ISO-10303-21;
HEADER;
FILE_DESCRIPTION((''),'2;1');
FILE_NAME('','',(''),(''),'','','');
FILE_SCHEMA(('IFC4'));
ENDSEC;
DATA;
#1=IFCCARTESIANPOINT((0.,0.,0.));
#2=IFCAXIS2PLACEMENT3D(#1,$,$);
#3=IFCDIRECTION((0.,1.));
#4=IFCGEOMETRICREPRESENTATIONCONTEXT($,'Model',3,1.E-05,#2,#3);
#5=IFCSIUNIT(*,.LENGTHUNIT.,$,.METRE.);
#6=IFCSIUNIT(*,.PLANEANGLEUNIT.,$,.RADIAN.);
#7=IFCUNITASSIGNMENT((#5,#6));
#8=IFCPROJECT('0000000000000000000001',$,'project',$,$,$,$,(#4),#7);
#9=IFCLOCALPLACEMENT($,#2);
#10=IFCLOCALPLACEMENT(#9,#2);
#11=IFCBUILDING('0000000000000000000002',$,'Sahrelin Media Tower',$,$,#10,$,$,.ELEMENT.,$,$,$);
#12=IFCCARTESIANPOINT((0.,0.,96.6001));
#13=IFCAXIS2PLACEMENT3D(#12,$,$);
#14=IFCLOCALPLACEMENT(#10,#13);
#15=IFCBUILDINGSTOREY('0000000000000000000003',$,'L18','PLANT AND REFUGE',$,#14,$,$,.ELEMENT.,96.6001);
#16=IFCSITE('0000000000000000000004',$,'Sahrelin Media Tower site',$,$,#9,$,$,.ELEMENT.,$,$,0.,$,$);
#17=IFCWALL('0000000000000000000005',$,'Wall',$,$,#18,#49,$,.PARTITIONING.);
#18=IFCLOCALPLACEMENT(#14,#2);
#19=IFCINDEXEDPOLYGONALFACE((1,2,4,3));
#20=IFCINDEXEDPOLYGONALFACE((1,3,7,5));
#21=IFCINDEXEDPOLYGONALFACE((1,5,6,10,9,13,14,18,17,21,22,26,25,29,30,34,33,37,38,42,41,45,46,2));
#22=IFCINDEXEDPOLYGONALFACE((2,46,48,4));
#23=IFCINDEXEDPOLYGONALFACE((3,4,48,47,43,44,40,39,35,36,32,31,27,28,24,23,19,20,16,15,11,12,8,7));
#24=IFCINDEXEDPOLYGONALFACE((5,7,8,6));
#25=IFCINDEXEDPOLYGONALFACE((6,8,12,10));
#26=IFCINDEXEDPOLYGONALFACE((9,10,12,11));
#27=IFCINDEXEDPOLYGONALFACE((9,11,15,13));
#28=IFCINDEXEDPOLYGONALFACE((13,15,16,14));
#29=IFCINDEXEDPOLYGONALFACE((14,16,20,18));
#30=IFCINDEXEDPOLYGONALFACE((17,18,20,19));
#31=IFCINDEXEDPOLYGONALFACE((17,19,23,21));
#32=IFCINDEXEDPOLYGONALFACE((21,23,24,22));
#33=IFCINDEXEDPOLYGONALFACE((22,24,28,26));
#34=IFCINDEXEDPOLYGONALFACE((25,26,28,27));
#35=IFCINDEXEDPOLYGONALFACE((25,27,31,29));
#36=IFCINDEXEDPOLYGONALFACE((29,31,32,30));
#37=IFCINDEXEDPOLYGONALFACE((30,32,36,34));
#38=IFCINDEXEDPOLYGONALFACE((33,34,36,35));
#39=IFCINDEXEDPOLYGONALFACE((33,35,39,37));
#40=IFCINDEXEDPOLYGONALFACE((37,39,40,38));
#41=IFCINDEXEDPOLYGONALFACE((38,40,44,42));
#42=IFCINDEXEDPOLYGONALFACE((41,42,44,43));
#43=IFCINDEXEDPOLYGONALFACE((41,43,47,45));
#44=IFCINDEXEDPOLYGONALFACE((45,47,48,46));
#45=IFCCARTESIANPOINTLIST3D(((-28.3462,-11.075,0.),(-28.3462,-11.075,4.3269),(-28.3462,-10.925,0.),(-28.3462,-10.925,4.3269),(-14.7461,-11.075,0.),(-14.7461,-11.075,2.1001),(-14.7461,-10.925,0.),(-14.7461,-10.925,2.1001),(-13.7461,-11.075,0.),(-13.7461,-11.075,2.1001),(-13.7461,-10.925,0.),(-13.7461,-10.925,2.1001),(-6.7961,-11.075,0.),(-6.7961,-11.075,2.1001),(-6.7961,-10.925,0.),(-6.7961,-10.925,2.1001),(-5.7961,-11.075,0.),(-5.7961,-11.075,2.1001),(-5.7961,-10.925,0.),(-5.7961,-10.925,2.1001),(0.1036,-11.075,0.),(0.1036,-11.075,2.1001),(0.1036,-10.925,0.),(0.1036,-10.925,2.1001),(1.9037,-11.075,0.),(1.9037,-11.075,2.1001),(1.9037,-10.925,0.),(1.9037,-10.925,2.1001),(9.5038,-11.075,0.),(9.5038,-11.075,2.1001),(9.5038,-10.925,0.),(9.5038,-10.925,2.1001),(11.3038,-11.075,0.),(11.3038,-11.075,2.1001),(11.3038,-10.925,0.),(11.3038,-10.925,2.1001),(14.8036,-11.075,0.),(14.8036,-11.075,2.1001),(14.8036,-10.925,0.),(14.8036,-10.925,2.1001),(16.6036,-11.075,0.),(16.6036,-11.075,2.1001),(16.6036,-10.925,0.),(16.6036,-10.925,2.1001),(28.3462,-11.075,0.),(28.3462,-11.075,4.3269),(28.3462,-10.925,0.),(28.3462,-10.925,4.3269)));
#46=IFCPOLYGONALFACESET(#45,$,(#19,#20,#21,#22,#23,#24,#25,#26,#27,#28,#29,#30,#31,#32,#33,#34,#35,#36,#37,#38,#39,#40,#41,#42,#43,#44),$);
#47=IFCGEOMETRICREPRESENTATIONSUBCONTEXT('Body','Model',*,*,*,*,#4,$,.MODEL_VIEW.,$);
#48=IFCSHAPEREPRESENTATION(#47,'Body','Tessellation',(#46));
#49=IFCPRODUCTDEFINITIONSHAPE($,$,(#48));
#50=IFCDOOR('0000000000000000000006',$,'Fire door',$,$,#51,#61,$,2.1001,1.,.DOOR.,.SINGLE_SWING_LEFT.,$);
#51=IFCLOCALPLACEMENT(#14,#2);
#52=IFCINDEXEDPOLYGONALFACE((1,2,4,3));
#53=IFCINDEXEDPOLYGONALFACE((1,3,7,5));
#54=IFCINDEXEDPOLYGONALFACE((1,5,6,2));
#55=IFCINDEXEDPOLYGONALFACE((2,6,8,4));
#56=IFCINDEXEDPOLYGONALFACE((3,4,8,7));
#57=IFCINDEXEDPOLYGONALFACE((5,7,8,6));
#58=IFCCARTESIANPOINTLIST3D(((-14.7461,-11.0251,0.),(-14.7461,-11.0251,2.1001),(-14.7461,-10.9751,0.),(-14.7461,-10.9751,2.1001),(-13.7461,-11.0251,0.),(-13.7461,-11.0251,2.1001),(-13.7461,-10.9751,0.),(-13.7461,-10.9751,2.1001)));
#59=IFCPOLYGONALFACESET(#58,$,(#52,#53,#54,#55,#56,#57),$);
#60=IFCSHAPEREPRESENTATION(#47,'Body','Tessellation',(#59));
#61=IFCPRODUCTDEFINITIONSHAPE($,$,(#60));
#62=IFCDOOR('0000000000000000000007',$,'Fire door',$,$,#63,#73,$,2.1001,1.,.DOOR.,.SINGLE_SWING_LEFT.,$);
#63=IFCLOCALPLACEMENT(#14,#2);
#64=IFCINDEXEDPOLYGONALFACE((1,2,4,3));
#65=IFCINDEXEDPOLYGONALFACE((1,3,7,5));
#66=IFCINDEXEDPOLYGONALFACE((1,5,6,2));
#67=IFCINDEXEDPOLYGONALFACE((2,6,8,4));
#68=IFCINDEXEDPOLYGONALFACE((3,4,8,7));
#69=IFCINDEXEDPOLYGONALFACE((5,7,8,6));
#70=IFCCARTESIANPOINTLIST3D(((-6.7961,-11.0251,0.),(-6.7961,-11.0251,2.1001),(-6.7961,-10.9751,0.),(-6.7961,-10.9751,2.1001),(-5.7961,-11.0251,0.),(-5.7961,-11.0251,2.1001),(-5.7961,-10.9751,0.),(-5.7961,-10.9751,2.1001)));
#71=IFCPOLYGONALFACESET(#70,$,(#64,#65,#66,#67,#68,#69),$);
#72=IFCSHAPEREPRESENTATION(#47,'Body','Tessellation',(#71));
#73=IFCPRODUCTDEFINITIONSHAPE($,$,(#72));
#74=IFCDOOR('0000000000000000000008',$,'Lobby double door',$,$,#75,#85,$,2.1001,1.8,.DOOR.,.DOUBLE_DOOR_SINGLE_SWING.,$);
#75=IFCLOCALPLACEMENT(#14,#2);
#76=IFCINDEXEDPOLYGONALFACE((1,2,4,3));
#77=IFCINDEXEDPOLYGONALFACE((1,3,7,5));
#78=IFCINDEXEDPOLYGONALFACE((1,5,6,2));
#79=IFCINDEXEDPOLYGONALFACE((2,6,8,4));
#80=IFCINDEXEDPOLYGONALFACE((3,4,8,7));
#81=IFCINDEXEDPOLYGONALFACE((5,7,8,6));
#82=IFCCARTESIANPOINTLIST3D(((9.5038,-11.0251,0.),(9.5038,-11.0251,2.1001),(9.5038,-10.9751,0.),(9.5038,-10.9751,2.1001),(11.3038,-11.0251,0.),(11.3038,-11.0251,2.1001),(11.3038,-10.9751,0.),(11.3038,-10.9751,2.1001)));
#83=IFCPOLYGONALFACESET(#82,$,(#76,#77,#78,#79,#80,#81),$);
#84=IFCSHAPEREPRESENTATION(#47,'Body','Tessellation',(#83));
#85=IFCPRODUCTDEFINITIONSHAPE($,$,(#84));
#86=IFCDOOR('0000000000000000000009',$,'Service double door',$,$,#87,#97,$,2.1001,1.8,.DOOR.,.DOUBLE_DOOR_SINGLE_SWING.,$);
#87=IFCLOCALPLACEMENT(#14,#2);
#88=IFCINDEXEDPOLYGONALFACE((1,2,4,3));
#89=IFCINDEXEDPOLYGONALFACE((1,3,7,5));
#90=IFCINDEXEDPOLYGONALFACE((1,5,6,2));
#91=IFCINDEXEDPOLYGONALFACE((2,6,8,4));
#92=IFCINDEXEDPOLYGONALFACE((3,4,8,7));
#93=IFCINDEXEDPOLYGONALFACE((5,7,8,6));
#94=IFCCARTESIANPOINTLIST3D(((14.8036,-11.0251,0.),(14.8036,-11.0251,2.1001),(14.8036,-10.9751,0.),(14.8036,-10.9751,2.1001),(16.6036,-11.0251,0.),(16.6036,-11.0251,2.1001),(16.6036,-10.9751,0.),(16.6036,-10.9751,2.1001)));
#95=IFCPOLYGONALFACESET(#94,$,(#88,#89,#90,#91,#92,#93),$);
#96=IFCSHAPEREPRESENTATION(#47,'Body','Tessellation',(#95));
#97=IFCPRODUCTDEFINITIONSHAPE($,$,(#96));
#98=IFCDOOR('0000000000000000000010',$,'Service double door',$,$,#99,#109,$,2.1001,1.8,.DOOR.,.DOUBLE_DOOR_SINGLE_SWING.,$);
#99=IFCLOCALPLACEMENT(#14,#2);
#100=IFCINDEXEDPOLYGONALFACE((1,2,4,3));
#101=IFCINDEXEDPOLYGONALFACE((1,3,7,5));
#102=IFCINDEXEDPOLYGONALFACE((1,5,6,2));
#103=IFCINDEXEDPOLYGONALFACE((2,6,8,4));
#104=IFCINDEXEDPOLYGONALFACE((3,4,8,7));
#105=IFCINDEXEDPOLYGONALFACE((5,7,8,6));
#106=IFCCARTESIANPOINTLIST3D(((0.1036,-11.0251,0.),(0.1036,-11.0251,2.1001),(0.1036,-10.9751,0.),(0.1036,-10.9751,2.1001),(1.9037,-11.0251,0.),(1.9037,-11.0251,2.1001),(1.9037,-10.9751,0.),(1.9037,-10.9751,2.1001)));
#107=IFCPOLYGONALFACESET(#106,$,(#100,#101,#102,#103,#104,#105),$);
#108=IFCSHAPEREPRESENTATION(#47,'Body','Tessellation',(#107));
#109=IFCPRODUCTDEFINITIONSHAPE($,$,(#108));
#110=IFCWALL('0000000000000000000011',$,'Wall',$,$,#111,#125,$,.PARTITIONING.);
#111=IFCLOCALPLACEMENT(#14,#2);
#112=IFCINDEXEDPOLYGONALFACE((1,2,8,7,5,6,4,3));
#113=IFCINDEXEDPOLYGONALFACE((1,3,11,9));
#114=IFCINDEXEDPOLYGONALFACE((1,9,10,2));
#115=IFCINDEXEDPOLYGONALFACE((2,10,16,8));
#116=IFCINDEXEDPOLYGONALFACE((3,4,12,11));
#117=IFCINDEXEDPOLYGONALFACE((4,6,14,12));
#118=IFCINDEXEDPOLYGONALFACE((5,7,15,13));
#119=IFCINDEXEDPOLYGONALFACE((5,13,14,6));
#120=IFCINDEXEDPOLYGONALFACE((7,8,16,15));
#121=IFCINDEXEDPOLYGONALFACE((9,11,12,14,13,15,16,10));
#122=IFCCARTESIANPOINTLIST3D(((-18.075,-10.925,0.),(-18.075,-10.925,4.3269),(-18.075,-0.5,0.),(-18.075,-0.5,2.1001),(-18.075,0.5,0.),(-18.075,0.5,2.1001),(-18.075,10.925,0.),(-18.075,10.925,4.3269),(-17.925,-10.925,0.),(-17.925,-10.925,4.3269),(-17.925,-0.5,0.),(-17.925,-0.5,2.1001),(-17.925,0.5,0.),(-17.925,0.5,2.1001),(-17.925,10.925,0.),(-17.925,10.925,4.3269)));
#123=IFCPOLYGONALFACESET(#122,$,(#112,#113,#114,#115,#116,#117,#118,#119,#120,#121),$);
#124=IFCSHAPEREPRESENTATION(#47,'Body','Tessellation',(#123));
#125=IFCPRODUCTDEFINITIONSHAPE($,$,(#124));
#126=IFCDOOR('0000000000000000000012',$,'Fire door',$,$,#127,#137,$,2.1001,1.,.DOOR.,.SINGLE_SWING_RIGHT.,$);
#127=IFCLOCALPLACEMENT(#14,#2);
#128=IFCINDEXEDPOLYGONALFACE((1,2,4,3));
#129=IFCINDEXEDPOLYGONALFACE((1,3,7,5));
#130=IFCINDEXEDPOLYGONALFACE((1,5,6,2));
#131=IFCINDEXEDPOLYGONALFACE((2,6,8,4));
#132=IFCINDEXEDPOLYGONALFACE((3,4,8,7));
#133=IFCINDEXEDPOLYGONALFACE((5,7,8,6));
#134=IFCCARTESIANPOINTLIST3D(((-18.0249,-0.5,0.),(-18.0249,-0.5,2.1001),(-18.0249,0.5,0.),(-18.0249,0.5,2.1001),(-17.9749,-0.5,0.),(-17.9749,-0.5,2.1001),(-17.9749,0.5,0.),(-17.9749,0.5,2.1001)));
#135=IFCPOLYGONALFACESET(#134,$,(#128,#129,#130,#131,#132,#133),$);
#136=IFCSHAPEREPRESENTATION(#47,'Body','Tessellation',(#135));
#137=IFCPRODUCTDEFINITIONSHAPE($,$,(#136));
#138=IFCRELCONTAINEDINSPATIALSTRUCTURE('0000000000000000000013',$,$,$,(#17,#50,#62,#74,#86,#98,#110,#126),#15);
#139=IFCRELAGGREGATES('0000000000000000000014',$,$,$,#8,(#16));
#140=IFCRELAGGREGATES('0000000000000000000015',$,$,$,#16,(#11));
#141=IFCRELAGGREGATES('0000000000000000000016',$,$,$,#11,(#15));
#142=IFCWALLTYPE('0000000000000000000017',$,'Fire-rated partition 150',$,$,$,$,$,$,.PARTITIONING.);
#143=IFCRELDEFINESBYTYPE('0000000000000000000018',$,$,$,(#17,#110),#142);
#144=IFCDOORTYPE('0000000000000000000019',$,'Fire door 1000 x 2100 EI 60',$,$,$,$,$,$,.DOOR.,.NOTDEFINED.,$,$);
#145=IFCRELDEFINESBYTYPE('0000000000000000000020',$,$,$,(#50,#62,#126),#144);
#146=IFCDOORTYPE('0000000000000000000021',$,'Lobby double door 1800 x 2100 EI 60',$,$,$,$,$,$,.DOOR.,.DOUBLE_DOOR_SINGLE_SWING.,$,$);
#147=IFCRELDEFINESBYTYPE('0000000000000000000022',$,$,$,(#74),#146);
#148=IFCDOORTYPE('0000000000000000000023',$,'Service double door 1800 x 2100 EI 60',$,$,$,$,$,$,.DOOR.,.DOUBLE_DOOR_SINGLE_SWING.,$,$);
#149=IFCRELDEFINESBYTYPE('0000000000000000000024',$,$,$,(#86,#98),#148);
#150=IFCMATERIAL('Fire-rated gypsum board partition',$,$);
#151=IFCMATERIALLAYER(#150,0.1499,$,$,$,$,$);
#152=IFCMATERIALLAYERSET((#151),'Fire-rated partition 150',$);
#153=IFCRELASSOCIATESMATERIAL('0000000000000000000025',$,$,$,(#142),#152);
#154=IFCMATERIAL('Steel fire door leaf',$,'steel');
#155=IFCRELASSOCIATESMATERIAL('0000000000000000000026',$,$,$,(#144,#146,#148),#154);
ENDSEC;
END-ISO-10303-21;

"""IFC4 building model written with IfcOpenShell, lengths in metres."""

from ifc_helpers import new_model, si_unit, direction, frame, frame_2d, origin, place, context, subcontext, project, spatial, rectangle, extrude, material, layer, layer_set, type_object, element, fill, save


model = new_model("IFC4")

# Units and contexts
model_context = context("Model", 3, precision=1e-05, world=origin(), true_north=direction((0.0, 1.0)))
body_context = subcontext(model_context, "Body", "Model", "MODEL_VIEW")
ifc_project = project(units=[si_unit("LENGTHUNIT", "METRE"), si_unit("PLANEANGLEUNIT", "RADIAN")], contexts=[model_context])

# Site, building, storey
site_placement = place(None, origin())
site = spatial("IfcSite", under=ifc_project, at=site_placement, Name="Sahrelin Media Tower site", CompositionType="ELEMENT", RefElevation=0.0)
building_placement = place(site_placement, origin())
building = spatial("IfcBuilding", under=site, at=building_placement, Name="Sahrelin Media Tower", CompositionType="ELEMENT")
storey_placement = place(building_placement, frame((0.0, 0.0, 96.6001)))
storey = spatial("IfcBuildingStorey", under=building, at=storey_placement, Name="L18", Description="PLANT AND REFUGE", CompositionType="ELEMENT", Elevation=96.6001)

# Wall, openings, doors
ifc_material_1 = material(Name="Fire-rated gypsum board partition")
ifc_layer = layer(ifc_material_1, 0.1499)
ifc_layer_set = layer_set([ifc_layer], Name="Fire-rated partition 150")
wall_type = type_object("IfcWallType", Name="Fire-rated partition 150", PredefinedType="PARTITIONING", material=ifc_layer_set)
wall_1_placement = place(storey_placement, frame((-28.3462, -11.0, 0.0), z_axis=(0.0, 0.0, 1.0), x_axis=(1.0, 0.0, 0.0)))
wall_1 = element("IfcWall", 1, at=wall_1_placement, inside=storey, type_object=wall_type, Name="Wall", PredefinedType="PARTITIONING", context=body_context, shape_type="SweptSolid", body=[
    extrude(rectangle(XDim=56.6924, YDim=0.1499, at=frame_2d((28.3462, 0.0))), origin(), (0.0, 0.0, 1.0), 4.3269),
])
opening_1_placement = place(wall_1_placement, frame((13.6001, 0.0, 0.0)))
opening_1 = element("IfcOpeningElement", 2, at=opening_1_placement, cuts=wall_1, PredefinedType="OPENING", context=body_context, shape_type="SweptSolid", body=[
    extrude(rectangle(XDim=1.0, YDim=2.1001, at=frame_2d((0.5, 1.05))), frame((0.0, 0.075, 0.0), z_axis=(0.0, -1.0, 0.0), x_axis=(1.0, 0.0, 0.0)), (0.0, 0.0, 1.0), 0.1499),
])
opening_2_placement = place(wall_1_placement, frame((21.55, 0.0, 0.0)))
opening_2 = element("IfcOpeningElement", 3, at=opening_2_placement, cuts=wall_1, PredefinedType="OPENING", context=body_context, shape_type="SweptSolid", body=[
    extrude(rectangle(XDim=1.0, YDim=2.1001, at=frame_2d((0.5, 1.05))), frame((0.0, 0.075, 0.0), z_axis=(0.0, -1.0, 0.0), x_axis=(1.0, 0.0, 0.0)), (0.0, 0.0, 1.0), 0.1499),
])
opening_3_placement = place(wall_1_placement, frame((37.8501, 0.0, 0.0)))
opening_3 = element("IfcOpeningElement", 4, at=opening_3_placement, cuts=wall_1, PredefinedType="OPENING", context=body_context, shape_type="SweptSolid", body=[
    extrude(rectangle(XDim=1.8, YDim=2.1001, at=frame_2d((0.8999, 1.05))), frame((0.0, 0.075, 0.0), z_axis=(0.0, -1.0, 0.0), x_axis=(1.0, 0.0, 0.0)), (0.0, 0.0, 1.0), 0.1499),
])
opening_4_placement = place(wall_1_placement, frame((43.1499, 0.0, 0.0)))
opening_4 = element("IfcOpeningElement", 5, at=opening_4_placement, cuts=wall_1, PredefinedType="OPENING", context=body_context, shape_type="SweptSolid", body=[
    extrude(rectangle(XDim=1.8, YDim=2.1001, at=frame_2d((0.8999, 1.05))), frame((0.0, 0.075, 0.0), z_axis=(0.0, -1.0, 0.0), x_axis=(1.0, 0.0, 0.0)), (0.0, 0.0, 1.0), 0.1499),
])
opening_5_placement = place(wall_1_placement, frame((28.45, 0.0, 0.0)))
opening_5 = element("IfcOpeningElement", 6, at=opening_5_placement, cuts=wall_1, PredefinedType="OPENING", context=body_context, shape_type="SweptSolid", body=[
    extrude(rectangle(XDim=1.8, YDim=2.1001, at=frame_2d((0.8999, 1.05))), frame((0.0, 0.075, 0.0), z_axis=(0.0, -1.0, 0.0), x_axis=(1.0, 0.0, 0.0)), (0.0, 0.0, 1.0), 0.1499),
])
ifc_material_2 = material(Name="Steel fire door leaf", Category="steel")
door_type_1 = type_object("IfcDoorType", Name="Fire door 1000 x 2100 EI 60", OperationType="NOTDEFINED", PredefinedType="DOOR", material=ifc_material_2)
door_1_placement = place(opening_1_placement, origin())
door_1 = element("IfcDoor", 7, at=door_1_placement, inside=storey, type_object=door_type_1, Name="Fire door", OperationType="SINGLE_SWING_LEFT", OverallHeight=2.1001, OverallWidth=1.0, PredefinedType="DOOR", context=body_context, shape_type="SweptSolid", body=[
    extrude(rectangle(XDim=1.0, YDim=2.1001, at=frame_2d((0.5, 1.05))), frame((0.0, 0.0249, 0.0), z_axis=(0.0, -1.0, 0.0), x_axis=(1.0, 0.0, 0.0)), (0.0, 0.0, 1.0), 0.05),
])
fill(opening_1, door_1)
door_2_placement = place(opening_2_placement, origin())
door_2 = element("IfcDoor", 8, at=door_2_placement, inside=storey, type_object=door_type_1, Name="Fire door", OperationType="SINGLE_SWING_LEFT", OverallHeight=2.1001, OverallWidth=1.0, PredefinedType="DOOR", context=body_context, shape_type="SweptSolid", body=[
    extrude(rectangle(XDim=1.0, YDim=2.1001, at=frame_2d((0.5, 1.05))), frame((0.0, 0.0249, 0.0), z_axis=(0.0, -1.0, 0.0), x_axis=(1.0, 0.0, 0.0)), (0.0, 0.0, 1.0), 0.05),
])
fill(opening_2, door_2)
door_type_2 = type_object("IfcDoorType", Name="Lobby double door 1800 x 2100 EI 60", OperationType="DOUBLE_DOOR_SINGLE_SWING", PredefinedType="DOOR", material=ifc_material_2)
door_3_placement = place(opening_3_placement, origin())
door_3 = element("IfcDoor", 9, at=door_3_placement, inside=storey, type_object=door_type_2, Name="Lobby double door", OperationType="DOUBLE_DOOR_SINGLE_SWING", OverallHeight=2.1001, OverallWidth=1.8, PredefinedType="DOOR", context=body_context, shape_type="SweptSolid", body=[
    extrude(rectangle(XDim=1.8, YDim=2.1001, at=frame_2d((0.8999, 1.05))), frame((0.0, 0.0249, 0.0), z_axis=(0.0, -1.0, 0.0), x_axis=(1.0, 0.0, 0.0)), (0.0, 0.0, 1.0), 0.05),
])
fill(opening_3, door_3)
door_type_3 = type_object("IfcDoorType", Name="Service double door 1800 x 2100 EI 60", OperationType="DOUBLE_DOOR_SINGLE_SWING", PredefinedType="DOOR", material=ifc_material_2)
door_4_placement = place(opening_4_placement, origin())
door_4 = element("IfcDoor", 10, at=door_4_placement, inside=storey, type_object=door_type_3, Name="Service double door", OperationType="DOUBLE_DOOR_SINGLE_SWING", OverallHeight=2.1001, OverallWidth=1.8, PredefinedType="DOOR", context=body_context, shape_type="SweptSolid", body=[
    extrude(rectangle(XDim=1.8, YDim=2.1001, at=frame_2d((0.8999, 1.05))), frame((0.0, 0.0249, 0.0), z_axis=(0.0, -1.0, 0.0), x_axis=(1.0, 0.0, 0.0)), (0.0, 0.0, 1.0), 0.05),
])
fill(opening_4, door_4)
door_5_placement = place(opening_5_placement, origin())
door_5 = element("IfcDoor", 11, at=door_5_placement, inside=storey, type_object=door_type_3, Name="Service double door", OperationType="DOUBLE_DOOR_SINGLE_SWING", OverallHeight=2.1001, OverallWidth=1.8, PredefinedType="DOOR", context=body_context, shape_type="SweptSolid", body=[
    extrude(rectangle(XDim=1.8, YDim=2.1001, at=frame_2d((0.8999, 1.05))), frame((0.0, 0.0249, 0.0), z_axis=(0.0, -1.0, 0.0), x_axis=(1.0, 0.0, 0.0)), (0.0, 0.0, 1.0), 0.05),
])
fill(opening_5, door_5)

# Wall, opening, door
wall_2_placement = place(storey_placement, frame((-18.0, -10.925, 0.0), z_axis=(0.0, 0.0, 1.0), x_axis=(0.0, 1.0, 0.0)))
wall_2 = element("IfcWall", 12, at=wall_2_placement, inside=storey, type_object=wall_type, Name="Wall", PredefinedType="PARTITIONING", context=body_context, shape_type="SweptSolid", body=[
    extrude(rectangle(XDim=21.8501, YDim=0.1499, at=frame_2d((10.925, 0.0))), origin(), (0.0, 0.0, 1.0), 4.3269),
])
opening_6_placement = place(wall_2_placement, frame((10.425, 0.0, 0.0)))
opening_6 = element("IfcOpeningElement", 13, at=opening_6_placement, cuts=wall_2, PredefinedType="OPENING", context=body_context, shape_type="SweptSolid", body=[
    extrude(rectangle(XDim=1.0, YDim=2.1001, at=frame_2d((0.5, 1.05))), frame((0.0, 0.075, 0.0), z_axis=(0.0, -1.0, 0.0), x_axis=(1.0, 0.0, 0.0)), (0.0, 0.0, 1.0), 0.1499),
])
door_6_placement = place(opening_6_placement, origin())
door_6 = element("IfcDoor", 14, at=door_6_placement, inside=storey, type_object=door_type_1, Name="Fire door", OperationType="SINGLE_SWING_RIGHT", OverallHeight=2.1001, OverallWidth=1.0, PredefinedType="DOOR", context=body_context, shape_type="SweptSolid", body=[
    extrude(rectangle(XDim=1.0, YDim=2.1001, at=frame_2d((0.5, 1.05))), frame((0.0, 0.0249, 0.0), z_axis=(0.0, -1.0, 0.0), x_axis=(1.0, 0.0, 0.0)), (0.0, 0.0, 1.0), 0.05),
])
fill(opening_6, door_6)

save(model, "model.ifc")
